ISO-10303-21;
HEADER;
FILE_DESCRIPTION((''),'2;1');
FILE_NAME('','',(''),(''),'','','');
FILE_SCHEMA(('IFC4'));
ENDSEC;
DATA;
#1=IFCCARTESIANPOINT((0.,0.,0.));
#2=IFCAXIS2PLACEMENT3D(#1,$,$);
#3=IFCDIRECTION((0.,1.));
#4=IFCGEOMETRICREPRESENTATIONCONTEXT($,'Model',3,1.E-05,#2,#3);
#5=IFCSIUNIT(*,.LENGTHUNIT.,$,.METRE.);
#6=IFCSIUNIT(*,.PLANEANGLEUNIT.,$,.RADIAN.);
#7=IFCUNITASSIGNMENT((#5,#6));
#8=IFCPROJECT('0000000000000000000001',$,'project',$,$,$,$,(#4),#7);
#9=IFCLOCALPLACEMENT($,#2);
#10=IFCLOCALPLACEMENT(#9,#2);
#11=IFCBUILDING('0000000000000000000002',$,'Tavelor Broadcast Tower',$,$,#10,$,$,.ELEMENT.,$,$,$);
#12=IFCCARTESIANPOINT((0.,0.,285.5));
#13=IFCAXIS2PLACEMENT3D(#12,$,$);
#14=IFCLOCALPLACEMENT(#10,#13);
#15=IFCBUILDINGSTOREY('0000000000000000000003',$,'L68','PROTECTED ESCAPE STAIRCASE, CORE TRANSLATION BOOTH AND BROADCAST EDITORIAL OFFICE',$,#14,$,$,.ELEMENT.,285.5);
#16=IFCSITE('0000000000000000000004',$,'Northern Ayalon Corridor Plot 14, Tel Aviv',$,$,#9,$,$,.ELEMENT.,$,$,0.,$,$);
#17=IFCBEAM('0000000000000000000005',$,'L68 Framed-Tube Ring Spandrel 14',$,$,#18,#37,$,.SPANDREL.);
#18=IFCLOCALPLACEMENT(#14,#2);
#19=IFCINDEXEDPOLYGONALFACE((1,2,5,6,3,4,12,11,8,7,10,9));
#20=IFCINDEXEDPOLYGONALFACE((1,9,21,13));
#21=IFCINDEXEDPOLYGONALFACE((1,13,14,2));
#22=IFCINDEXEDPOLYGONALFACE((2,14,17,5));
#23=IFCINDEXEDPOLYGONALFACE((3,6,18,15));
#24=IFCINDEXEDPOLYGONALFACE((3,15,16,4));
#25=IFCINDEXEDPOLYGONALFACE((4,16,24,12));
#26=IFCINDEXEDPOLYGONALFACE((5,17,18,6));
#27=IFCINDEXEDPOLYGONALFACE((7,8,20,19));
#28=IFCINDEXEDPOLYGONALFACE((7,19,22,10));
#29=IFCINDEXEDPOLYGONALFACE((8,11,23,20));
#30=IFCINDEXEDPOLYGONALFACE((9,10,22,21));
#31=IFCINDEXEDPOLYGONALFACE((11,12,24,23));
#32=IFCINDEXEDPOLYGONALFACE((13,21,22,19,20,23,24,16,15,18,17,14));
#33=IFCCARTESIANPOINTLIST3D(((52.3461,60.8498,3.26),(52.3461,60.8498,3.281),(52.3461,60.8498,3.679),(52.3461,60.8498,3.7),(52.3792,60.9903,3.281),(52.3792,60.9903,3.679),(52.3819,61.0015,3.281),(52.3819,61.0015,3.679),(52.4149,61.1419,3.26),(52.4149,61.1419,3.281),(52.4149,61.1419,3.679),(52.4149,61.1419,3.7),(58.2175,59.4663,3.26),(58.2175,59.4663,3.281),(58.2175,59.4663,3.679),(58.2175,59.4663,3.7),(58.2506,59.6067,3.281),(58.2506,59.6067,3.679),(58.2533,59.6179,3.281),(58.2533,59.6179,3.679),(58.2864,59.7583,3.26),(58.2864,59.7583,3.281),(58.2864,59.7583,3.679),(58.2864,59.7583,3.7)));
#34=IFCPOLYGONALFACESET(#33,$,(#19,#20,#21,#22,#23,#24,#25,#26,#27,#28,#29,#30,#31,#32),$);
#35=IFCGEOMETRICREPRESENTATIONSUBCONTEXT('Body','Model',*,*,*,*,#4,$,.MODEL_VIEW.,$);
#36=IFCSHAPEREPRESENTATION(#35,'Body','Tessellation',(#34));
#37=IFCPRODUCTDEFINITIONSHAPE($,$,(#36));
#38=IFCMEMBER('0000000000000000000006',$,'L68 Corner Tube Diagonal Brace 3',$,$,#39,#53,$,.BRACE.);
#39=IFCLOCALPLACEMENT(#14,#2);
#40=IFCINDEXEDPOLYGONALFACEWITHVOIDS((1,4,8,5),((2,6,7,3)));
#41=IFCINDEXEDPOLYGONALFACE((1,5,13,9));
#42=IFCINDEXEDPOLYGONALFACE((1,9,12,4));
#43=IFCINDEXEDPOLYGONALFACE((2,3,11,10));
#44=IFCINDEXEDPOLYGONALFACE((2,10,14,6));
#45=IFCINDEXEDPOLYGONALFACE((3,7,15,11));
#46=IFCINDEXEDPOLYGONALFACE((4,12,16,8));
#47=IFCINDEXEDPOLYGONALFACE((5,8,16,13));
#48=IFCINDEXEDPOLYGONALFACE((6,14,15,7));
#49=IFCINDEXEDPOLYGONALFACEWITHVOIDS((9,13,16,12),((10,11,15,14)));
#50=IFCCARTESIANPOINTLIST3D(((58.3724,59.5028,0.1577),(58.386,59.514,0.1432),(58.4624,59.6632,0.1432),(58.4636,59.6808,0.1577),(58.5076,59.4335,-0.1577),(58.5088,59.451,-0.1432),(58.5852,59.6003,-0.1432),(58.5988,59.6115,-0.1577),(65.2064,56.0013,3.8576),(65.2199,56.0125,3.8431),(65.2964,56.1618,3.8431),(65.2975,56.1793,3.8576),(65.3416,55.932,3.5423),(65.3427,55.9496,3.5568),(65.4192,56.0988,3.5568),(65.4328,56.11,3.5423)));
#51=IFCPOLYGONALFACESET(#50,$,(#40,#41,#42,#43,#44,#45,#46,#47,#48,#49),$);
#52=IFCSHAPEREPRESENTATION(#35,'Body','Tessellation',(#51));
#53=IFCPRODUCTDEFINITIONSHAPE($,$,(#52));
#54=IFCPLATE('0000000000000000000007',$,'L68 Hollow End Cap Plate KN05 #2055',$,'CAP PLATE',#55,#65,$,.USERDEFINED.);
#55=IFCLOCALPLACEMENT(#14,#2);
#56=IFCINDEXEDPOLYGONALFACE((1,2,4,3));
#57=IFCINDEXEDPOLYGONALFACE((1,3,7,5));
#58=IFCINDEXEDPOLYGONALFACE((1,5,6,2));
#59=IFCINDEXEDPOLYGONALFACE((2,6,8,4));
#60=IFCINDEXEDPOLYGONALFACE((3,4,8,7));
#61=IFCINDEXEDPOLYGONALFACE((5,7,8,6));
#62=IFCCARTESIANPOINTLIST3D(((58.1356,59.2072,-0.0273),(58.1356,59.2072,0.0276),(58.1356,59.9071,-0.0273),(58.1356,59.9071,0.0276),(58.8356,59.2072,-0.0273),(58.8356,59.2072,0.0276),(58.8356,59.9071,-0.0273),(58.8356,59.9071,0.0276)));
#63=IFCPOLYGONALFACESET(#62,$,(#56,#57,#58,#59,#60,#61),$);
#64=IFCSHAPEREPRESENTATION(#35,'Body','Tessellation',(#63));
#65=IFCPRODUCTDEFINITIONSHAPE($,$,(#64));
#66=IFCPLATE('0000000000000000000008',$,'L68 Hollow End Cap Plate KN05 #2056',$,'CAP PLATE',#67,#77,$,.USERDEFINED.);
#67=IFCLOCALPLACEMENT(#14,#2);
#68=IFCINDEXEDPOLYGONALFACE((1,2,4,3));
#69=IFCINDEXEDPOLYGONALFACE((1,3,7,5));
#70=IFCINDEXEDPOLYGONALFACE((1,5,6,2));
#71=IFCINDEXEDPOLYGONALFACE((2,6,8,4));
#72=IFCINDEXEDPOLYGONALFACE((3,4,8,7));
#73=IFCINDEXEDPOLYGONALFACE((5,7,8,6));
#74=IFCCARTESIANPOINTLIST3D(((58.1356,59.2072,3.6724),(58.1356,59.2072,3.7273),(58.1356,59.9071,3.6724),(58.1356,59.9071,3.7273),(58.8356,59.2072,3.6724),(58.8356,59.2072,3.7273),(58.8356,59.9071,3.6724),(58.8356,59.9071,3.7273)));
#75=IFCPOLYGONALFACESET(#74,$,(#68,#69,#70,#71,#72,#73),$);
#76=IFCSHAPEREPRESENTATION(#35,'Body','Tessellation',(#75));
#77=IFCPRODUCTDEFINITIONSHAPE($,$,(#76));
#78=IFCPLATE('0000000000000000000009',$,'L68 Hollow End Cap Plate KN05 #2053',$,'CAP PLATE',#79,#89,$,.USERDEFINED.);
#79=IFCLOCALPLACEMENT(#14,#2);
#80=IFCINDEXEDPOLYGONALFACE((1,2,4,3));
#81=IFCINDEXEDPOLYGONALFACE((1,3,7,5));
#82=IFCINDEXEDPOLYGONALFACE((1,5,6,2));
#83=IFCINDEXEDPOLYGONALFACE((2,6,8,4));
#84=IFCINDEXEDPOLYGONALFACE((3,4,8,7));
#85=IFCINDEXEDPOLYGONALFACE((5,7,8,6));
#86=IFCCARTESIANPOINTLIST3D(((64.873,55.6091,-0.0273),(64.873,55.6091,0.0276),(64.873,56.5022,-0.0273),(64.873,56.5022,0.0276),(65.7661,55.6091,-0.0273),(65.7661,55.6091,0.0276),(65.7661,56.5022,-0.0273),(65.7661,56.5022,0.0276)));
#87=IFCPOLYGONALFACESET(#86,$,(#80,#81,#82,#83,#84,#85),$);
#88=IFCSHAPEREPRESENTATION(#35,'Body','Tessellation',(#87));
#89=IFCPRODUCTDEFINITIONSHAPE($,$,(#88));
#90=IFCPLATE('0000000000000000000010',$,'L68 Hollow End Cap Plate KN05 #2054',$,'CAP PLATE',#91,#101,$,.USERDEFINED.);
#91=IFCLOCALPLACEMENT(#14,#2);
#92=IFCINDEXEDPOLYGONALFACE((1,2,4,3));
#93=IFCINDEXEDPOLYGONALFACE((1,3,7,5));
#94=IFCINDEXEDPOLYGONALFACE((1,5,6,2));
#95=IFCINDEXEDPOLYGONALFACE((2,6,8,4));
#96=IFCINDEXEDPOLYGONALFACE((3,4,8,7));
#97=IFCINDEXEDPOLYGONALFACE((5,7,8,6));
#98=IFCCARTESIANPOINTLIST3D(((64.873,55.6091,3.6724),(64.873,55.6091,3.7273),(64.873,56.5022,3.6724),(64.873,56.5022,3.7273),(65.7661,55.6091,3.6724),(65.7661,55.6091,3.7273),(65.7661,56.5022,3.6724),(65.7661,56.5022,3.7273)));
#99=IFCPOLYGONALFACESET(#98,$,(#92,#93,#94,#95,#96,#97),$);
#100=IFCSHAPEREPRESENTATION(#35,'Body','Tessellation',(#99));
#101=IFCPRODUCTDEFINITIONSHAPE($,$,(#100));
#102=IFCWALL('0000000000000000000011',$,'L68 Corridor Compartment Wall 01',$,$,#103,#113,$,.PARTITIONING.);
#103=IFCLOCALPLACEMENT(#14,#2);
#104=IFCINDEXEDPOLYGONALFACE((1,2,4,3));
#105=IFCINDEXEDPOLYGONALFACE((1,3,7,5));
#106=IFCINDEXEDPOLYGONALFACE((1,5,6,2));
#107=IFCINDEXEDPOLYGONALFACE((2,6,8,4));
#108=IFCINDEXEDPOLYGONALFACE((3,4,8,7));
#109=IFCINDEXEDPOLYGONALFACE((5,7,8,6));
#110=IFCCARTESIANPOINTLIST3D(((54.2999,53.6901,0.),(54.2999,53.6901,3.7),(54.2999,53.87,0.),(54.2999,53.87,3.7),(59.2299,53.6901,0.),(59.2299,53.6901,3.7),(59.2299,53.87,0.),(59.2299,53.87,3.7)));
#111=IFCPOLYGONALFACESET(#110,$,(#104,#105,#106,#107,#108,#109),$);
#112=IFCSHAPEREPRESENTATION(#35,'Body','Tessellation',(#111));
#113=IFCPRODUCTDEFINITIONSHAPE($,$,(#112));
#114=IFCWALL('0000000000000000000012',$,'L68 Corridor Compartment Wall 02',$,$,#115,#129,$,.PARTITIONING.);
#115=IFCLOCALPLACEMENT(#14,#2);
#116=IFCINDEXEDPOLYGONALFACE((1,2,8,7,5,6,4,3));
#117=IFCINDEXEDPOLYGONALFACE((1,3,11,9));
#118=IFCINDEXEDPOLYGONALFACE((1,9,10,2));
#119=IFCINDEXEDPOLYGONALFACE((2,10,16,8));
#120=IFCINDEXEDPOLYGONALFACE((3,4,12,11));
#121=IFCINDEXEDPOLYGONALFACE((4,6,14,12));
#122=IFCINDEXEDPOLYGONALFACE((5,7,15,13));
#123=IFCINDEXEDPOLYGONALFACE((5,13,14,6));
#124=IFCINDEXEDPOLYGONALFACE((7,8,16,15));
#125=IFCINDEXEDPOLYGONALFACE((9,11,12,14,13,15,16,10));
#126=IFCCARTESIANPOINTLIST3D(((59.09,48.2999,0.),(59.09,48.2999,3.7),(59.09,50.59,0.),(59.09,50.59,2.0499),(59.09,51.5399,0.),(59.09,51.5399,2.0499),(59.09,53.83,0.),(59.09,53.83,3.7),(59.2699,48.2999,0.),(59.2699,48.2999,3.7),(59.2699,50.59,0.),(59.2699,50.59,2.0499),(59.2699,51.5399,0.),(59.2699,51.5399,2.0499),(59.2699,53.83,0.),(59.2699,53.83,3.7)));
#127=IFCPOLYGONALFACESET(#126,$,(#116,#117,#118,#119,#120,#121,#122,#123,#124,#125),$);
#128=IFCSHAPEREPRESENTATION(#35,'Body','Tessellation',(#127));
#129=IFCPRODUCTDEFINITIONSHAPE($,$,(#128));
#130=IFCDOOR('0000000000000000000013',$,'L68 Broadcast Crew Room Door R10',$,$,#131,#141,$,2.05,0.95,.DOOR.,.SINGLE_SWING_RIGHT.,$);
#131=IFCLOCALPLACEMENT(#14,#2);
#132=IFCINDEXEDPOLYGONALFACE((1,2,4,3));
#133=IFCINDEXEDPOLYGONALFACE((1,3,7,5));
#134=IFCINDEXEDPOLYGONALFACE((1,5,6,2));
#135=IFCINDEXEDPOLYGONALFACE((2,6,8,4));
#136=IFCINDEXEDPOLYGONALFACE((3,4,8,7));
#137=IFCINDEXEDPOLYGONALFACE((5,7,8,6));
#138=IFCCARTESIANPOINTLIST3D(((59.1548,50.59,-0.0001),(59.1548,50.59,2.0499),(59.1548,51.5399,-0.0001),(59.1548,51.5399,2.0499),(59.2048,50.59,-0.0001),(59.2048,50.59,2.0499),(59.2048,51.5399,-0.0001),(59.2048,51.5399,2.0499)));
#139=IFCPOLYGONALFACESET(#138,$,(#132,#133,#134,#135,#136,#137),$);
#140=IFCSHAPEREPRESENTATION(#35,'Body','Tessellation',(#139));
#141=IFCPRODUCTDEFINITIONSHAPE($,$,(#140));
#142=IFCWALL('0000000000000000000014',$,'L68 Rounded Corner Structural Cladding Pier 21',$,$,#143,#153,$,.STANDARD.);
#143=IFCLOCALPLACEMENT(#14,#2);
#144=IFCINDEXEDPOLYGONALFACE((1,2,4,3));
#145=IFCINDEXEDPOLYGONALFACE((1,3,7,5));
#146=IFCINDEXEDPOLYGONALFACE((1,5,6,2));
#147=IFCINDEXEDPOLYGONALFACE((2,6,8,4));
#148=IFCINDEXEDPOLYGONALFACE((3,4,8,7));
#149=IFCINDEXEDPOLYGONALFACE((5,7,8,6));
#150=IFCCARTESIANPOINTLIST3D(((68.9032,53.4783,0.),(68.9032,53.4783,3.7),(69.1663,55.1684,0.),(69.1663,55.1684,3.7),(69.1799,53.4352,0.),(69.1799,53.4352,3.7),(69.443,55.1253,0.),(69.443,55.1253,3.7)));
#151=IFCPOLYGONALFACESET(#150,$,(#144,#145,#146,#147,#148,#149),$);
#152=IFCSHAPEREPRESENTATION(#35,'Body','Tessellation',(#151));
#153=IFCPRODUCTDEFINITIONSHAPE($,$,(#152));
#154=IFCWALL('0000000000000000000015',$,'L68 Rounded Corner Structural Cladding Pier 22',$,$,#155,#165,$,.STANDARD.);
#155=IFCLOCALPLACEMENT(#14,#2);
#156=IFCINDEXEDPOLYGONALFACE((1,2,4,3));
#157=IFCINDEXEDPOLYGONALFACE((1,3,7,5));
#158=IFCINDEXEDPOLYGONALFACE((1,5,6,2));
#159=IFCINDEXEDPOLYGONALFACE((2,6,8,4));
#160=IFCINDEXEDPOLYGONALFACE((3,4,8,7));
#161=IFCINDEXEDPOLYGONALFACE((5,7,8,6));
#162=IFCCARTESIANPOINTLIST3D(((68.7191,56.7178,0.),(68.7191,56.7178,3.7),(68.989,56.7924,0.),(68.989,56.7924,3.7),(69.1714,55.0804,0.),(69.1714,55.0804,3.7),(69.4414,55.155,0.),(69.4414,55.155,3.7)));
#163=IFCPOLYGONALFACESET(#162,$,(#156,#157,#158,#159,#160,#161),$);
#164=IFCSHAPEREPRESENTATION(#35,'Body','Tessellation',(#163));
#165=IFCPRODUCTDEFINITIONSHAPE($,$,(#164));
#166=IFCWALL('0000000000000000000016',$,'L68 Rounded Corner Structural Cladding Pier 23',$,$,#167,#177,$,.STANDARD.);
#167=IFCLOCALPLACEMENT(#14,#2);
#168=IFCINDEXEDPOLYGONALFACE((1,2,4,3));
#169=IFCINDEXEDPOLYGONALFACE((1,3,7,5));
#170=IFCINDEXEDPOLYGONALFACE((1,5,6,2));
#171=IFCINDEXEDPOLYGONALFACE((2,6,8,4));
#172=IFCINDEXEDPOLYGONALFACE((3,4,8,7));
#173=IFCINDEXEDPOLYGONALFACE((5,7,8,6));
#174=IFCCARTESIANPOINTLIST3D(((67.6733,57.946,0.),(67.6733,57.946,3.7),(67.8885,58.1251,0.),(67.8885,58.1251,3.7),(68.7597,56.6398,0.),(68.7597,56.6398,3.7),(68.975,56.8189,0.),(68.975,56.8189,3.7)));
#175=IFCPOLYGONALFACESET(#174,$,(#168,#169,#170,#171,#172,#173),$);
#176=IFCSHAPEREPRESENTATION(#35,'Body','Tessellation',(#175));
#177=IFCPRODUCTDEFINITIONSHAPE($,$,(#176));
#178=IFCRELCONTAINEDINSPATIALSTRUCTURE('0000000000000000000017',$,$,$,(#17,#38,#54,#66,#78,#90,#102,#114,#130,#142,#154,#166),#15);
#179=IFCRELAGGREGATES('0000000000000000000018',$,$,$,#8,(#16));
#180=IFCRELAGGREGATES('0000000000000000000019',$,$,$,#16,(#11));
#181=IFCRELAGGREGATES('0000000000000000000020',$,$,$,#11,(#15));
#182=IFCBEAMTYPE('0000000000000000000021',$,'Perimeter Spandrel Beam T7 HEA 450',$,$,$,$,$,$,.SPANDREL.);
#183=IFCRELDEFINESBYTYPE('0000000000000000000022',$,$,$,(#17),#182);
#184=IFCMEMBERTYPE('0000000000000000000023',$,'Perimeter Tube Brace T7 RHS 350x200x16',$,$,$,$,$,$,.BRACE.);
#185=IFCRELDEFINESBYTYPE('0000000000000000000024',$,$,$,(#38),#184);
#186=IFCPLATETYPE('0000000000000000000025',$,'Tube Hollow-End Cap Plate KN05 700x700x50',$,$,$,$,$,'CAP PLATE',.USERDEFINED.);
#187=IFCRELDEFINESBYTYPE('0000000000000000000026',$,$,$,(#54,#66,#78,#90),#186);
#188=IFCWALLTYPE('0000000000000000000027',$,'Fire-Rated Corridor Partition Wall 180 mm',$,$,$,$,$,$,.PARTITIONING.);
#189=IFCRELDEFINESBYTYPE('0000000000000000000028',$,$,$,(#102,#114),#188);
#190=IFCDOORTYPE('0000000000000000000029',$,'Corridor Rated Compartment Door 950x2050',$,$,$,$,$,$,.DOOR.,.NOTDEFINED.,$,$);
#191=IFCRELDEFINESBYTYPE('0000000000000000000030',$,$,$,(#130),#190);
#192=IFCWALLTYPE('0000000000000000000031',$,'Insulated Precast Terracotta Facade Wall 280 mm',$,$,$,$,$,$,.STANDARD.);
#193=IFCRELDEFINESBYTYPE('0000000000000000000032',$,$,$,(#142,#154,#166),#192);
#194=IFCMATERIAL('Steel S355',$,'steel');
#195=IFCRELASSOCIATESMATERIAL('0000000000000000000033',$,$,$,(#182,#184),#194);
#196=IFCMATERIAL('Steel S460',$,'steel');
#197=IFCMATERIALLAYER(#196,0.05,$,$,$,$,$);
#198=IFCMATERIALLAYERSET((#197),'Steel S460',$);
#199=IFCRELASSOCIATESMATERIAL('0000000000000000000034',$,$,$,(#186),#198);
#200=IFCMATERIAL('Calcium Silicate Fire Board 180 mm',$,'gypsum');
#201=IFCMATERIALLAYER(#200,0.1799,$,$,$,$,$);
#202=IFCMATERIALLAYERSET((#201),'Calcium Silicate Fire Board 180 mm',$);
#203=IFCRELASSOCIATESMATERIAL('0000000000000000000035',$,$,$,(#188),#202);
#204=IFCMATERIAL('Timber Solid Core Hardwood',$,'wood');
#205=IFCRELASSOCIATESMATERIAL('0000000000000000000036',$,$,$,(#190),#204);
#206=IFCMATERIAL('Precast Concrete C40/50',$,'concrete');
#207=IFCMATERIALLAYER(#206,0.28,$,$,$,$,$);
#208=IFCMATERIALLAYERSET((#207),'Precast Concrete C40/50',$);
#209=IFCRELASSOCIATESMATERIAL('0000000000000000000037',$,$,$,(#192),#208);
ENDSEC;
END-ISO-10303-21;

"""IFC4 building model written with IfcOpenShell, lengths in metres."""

from ifc_helpers import new_model, si_unit, direction, frame, frame_2d, origin, origin_2d, place, context, subcontext, project, spatial, rectangle, hollow_rectangle, i_section, extrude, source, transform, mapped, material, layer, layer_set, material_profile, profile_set, type_object, type_shapes, element, fill, save


model = new_model("IFC4")

# Units and contexts
model_context = context("Model", 3, precision=1e-05, world=origin(), true_north=direction((0.0, 1.0)))
body_context = subcontext(model_context, "Body", "Model", "MODEL_VIEW")
ifc_project = project(units=[si_unit("LENGTHUNIT", "METRE"), si_unit("PLANEANGLEUNIT", "RADIAN")], contexts=[model_context])

# Site, building, storey
site_placement = place(None, origin())
site = spatial("IfcSite", under=ifc_project, at=site_placement, Name="Northern Ayalon Corridor Plot 14, Tel Aviv", CompositionType="ELEMENT", RefElevation=0.0)
building_placement = place(site_placement, origin())
building = spatial("IfcBuilding", under=site, at=building_placement, Name="Tavelor Broadcast Tower", CompositionType="ELEMENT")
storey_placement = place(building_placement, frame((0.0, 0.0, 285.5)))
storey = spatial("IfcBuildingStorey", under=building, at=storey_placement, Name="L68", Description="PROTECTED ESCAPE STAIRCASE, CORE TRANSLATION BOOTH AND BROADCAST EDITORIAL OFFICE", CompositionType="ELEMENT", Elevation=285.5)

# Shared definitions
ifc_material_1 = material(Name="Steel S460", Category="steel")

# Beam
ifc_material_2 = material(Name="Steel S355", Category="steel")
ifc_material_profile_1 = material_profile(ifc_material_2, i_section(OverallWidth=0.3, OverallDepth=0.4399, WebThickness=0.0115, FlangeThickness=0.021, at=origin_2d()), Name="HEA 450")
ifc_profile_set_1 = profile_set([ifc_material_profile_1], Name="Steel S355")
beam_type_1 = type_object("IfcBeamType", Name="Perimeter Spandrel Beam T7 HEA 450", PredefinedType="SPANDREL", material=ifc_profile_set_1)
beam_1_placement = place(storey_placement, frame((58.252, 59.6123, 3.48), z_axis=(-0.973341, 0.229362, 0.0), x_axis=(-0.229362, -0.973341, 0.0)))
element("IfcBeam", 1, at=beam_1_placement, inside=storey, type_object=beam_type_1, Name="L68 Framed-Tube Ring Spandrel 14", PredefinedType="SPANDREL", context=body_context, shape_type="SweptSolid", body=[
    extrude(i_section(OverallWidth=0.3, OverallDepth=0.4399, WebThickness=0.0115, FlangeThickness=0.021, at=origin_2d()), origin(), (0.0, 0.0, 1.0), 6.0322),
])

# Member
ifc_material_profile_2 = material_profile(ifc_material_2, hollow_rectangle(XDim=0.2, YDim=0.3501, WallThickness=0.0161, at=origin_2d()), Name="RHS 350x200x16")
ifc_profile_set_2 = profile_set([ifc_material_profile_2], Name="Steel S355")
member_type = type_object("IfcMemberType", Name="Perimeter Tube Brace T7 RHS 350x200x16", PredefinedType="BRACE", material=ifc_profile_set_2)
member_placement = place(storey_placement, frame((58.4856, 59.5571, 0.0), z_axis=(0.801764, -0.410792, 0.434079), x_axis=(0.455993, 0.889984, 0.0)))
element("IfcMember", 2, at=member_placement, inside=storey, type_object=member_type, Name="L68 Corner Tube Diagonal Brace 3", PredefinedType="BRACE", context=body_context, shape_type="SweptSolid", body=[
    extrude(hollow_rectangle(XDim=0.2, YDim=0.3501, WallThickness=0.0161, at=origin_2d()), origin(), (0.0, 0.0, 1.0), 8.5237),
])

# Plates
ifc_layer_1 = layer(ifc_material_1, 0.05)
ifc_layer_set_1 = layer_set([ifc_layer_1], Name="Steel S460")
plate_type = type_object("IfcPlateType", Name="Tube Hollow-End Cap Plate KN05 700x700x50", ElementType="CAP PLATE", PredefinedType="USERDEFINED", material=ifc_layer_set_1)
shared_shape_1 = source(origin(), body_context, "Body", "SweptSolid", [
    extrude(rectangle(XDim=0.7, YDim=0.7, at=origin_2d()), origin(), (0.0, 0.0, 1.0), 0.0549),
])
for number, where, z_axis, x_axis, name in (
    (3, (58.4856, 59.5571, -0.0273), (0.0, 0.0, 1.0), (1.0, 0.0, 0.0), "L68 Hollow End Cap Plate KN05 #2055"),
    (4, (58.4856, 59.5571, 3.6724), (0.0, 0.0, 1.0), (1.0, 0.0, 0.0), "L68 Hollow End Cap Plate KN05 #2056"),
):
    element("IfcPlate", number, at=place(storey_placement, frame(where, z_axis=z_axis, x_axis=x_axis)), inside=storey, type_object=plate_type, Name=name, ObjectType="CAP PLATE", PredefinedType="USERDEFINED", context=body_context, shape_type="MappedRepresentation", body=[
        mapped(shared_shape_1, transform((0.0, 0.0, 0.0), scale=1.0)),
    ])
shared_shape_2 = source(origin(), body_context, "Body", "SweptSolid", [
    extrude(rectangle(XDim=0.8931, YDim=0.8931, at=origin_2d()), origin(), (0.0, 0.0, 1.0), 0.0549),
])
type_shapes(plate_type, [shared_shape_1, shared_shape_2])
for number, where, z_axis, x_axis, name in (
    (5, (65.3196, 56.0557, -0.0273), (0.0, 0.0, 1.0), (1.0, 0.0, 0.0), "L68 Hollow End Cap Plate KN05 #2053"),
    (6, (65.3196, 56.0557, 3.6724), (0.0, 0.0, 1.0), (1.0, 0.0, 0.0), "L68 Hollow End Cap Plate KN05 #2054"),
):
    element("IfcPlate", number, at=place(storey_placement, frame(where, z_axis=z_axis, x_axis=x_axis)), inside=storey, type_object=plate_type, Name=name, ObjectType="CAP PLATE", PredefinedType="USERDEFINED", context=body_context, shape_type="MappedRepresentation", body=[
        mapped(shared_shape_2, transform((0.0, 0.0, 0.0), scale=1.0)),
    ])

# Wall
ifc_material_3 = material(Name="Calcium Silicate Fire Board 180 mm", Category="gypsum")
ifc_layer_2 = layer(ifc_material_3, 0.1799)
ifc_layer_set_2 = layer_set([ifc_layer_2], Name="Calcium Silicate Fire Board 180 mm")
wall_type_1 = type_object("IfcWallType", Name="Fire-Rated Corridor Partition Wall 180 mm", PredefinedType="PARTITIONING", material=ifc_layer_set_2)
wall_1_placement = place(storey_placement, frame((54.3, 53.78, 0.0), z_axis=(0.0, 0.0, 1.0), x_axis=(1.0, 0.0, 0.0)))
element("IfcWall", 7, at=wall_1_placement, inside=storey, type_object=wall_type_1, Name="L68 Corridor Compartment Wall 01", PredefinedType="PARTITIONING", context=body_context, shape_type="SweptSolid", body=[
    extrude(rectangle(XDim=4.9299, YDim=0.1799, at=frame_2d((2.4648, 0.0))), origin(), (0.0, 0.0, 1.0), 3.7),
])

# Wall, opening, door
wall_2_placement = place(storey_placement, frame((59.1799, 53.8301, 0.0), z_axis=(0.0, 0.0, 1.0), x_axis=(0.0, -1.0, 0.0)))
wall_2 = element("IfcWall", 8, at=wall_2_placement, inside=storey, type_object=wall_type_1, Name="L68 Corridor Compartment Wall 02", PredefinedType="PARTITIONING", context=body_context, shape_type="SweptSolid", body=[
    extrude(rectangle(XDim=5.53, YDim=0.1799, at=frame_2d((2.7651, 0.0))), origin(), (0.0, 0.0, 1.0), 3.7),
])
opening_1_placement = place(wall_2_placement, frame((2.29, 0.0, 0.0)))
opening_1 = element("IfcOpeningElement", 9, at=opening_1_placement, cuts=wall_2, PredefinedType="OPENING", context=body_context, shape_type="SweptSolid", body=[
    extrude(rectangle(XDim=0.95, YDim=2.05, at=frame_2d((0.4751, 1.0249))), frame((0.0, 0.1001, 0.0), z_axis=(0.0, -1.0, 0.0), x_axis=(1.0, 0.0, 0.0)), (0.0, 0.0, 1.0), 0.2),
])
ifc_material_4 = material(Name="Timber Solid Core Hardwood", Category="wood")
door_type = type_object("IfcDoorType", Name="Corridor Rated Compartment Door 950x2050", OperationType="NOTDEFINED", PredefinedType="DOOR", material=ifc_material_4)
door_1_placement = place(opening_1_placement, origin())
door_1 = element("IfcDoor", 10, at=door_1_placement, inside=storey, type_object=door_type, Name="L68 Broadcast Crew Room Door R10", OperationType="SINGLE_SWING_RIGHT", OverallHeight=2.05, OverallWidth=0.95, PredefinedType="DOOR", context=body_context, shape_type="SweptSolid", body=[
    extrude(rectangle(XDim=0.95, YDim=2.05, at=frame_2d((0.4751, 1.0249))), frame((0.0, 0.0249, 0.0), z_axis=(0.0, -1.0, 0.0), x_axis=(1.0, 0.0, 0.0)), (0.0, 0.0, 1.0), 0.05),
])
fill(opening_1, door_1)

# Walls
ifc_material_5 = material(Name="Precast Concrete C40/50", Category="concrete")
ifc_layer_3 = layer(ifc_material_5, 0.28)
ifc_layer_set_3 = layer_set([ifc_layer_3], Name="Precast Concrete C40/50")
wall_type_2 = type_object("IfcWallType", Name="Insulated Precast Terracotta Facade Wall 280 mm", PredefinedType="STANDARD", material=ifc_layer_set_3)
wall_3_placement = place(storey_placement, frame((69.0415, 53.4568, 0.0), z_axis=(0.0, 0.0, 1.0), x_axis=(0.153859, 0.988093, 0.0)))
element("IfcWall", 11, at=wall_3_placement, inside=storey, type_object=wall_type_2, Name="L68 Rounded Corner Structural Cladding Pier 21", PredefinedType="STANDARD", context=body_context, shape_type="SweptSolid", body=[
    extrude(rectangle(XDim=1.7104, YDim=0.28, at=frame_2d((0.8552, 0.0))), origin(), (0.0, 0.0, 1.0), 3.7),
])
wall_4_placement = place(storey_placement, frame((69.3064, 55.1177, 0.0), z_axis=(0.0, 0.0, 1.0), x_axis=(-0.266302, 0.96389, 0.0)))
element("IfcWall", 12, at=wall_4_placement, inside=storey, type_object=wall_type_2, Name="L68 Rounded Corner Structural Cladding Pier 22", PredefinedType="STANDARD", context=body_context, shape_type="SweptSolid", body=[
    extrude(rectangle(XDim=1.6987, YDim=0.28, at=frame_2d((0.8494, 0.0))), origin(), (0.0, 0.0, 1.0), 3.7),
])
wall_5_placement = place(storey_placement, frame((68.8674, 56.7292, 0.0), z_axis=(0.0, 0.0, 1.0), x_axis=(-0.639477, 0.76881, 0.0)))
element("IfcWall", 13, at=wall_5_placement, inside=storey, type_object=wall_type_2, Name="L68 Rounded Corner Structural Cladding Pier 23", PredefinedType="STANDARD", context=body_context, shape_type="SweptSolid", body=[
    extrude(rectangle(XDim=1.699, YDim=0.28, at=frame_2d((0.8496, 0.0))), origin(), (0.0, 0.0, 1.0), 3.7),
])

save(model, "model.ifc")
